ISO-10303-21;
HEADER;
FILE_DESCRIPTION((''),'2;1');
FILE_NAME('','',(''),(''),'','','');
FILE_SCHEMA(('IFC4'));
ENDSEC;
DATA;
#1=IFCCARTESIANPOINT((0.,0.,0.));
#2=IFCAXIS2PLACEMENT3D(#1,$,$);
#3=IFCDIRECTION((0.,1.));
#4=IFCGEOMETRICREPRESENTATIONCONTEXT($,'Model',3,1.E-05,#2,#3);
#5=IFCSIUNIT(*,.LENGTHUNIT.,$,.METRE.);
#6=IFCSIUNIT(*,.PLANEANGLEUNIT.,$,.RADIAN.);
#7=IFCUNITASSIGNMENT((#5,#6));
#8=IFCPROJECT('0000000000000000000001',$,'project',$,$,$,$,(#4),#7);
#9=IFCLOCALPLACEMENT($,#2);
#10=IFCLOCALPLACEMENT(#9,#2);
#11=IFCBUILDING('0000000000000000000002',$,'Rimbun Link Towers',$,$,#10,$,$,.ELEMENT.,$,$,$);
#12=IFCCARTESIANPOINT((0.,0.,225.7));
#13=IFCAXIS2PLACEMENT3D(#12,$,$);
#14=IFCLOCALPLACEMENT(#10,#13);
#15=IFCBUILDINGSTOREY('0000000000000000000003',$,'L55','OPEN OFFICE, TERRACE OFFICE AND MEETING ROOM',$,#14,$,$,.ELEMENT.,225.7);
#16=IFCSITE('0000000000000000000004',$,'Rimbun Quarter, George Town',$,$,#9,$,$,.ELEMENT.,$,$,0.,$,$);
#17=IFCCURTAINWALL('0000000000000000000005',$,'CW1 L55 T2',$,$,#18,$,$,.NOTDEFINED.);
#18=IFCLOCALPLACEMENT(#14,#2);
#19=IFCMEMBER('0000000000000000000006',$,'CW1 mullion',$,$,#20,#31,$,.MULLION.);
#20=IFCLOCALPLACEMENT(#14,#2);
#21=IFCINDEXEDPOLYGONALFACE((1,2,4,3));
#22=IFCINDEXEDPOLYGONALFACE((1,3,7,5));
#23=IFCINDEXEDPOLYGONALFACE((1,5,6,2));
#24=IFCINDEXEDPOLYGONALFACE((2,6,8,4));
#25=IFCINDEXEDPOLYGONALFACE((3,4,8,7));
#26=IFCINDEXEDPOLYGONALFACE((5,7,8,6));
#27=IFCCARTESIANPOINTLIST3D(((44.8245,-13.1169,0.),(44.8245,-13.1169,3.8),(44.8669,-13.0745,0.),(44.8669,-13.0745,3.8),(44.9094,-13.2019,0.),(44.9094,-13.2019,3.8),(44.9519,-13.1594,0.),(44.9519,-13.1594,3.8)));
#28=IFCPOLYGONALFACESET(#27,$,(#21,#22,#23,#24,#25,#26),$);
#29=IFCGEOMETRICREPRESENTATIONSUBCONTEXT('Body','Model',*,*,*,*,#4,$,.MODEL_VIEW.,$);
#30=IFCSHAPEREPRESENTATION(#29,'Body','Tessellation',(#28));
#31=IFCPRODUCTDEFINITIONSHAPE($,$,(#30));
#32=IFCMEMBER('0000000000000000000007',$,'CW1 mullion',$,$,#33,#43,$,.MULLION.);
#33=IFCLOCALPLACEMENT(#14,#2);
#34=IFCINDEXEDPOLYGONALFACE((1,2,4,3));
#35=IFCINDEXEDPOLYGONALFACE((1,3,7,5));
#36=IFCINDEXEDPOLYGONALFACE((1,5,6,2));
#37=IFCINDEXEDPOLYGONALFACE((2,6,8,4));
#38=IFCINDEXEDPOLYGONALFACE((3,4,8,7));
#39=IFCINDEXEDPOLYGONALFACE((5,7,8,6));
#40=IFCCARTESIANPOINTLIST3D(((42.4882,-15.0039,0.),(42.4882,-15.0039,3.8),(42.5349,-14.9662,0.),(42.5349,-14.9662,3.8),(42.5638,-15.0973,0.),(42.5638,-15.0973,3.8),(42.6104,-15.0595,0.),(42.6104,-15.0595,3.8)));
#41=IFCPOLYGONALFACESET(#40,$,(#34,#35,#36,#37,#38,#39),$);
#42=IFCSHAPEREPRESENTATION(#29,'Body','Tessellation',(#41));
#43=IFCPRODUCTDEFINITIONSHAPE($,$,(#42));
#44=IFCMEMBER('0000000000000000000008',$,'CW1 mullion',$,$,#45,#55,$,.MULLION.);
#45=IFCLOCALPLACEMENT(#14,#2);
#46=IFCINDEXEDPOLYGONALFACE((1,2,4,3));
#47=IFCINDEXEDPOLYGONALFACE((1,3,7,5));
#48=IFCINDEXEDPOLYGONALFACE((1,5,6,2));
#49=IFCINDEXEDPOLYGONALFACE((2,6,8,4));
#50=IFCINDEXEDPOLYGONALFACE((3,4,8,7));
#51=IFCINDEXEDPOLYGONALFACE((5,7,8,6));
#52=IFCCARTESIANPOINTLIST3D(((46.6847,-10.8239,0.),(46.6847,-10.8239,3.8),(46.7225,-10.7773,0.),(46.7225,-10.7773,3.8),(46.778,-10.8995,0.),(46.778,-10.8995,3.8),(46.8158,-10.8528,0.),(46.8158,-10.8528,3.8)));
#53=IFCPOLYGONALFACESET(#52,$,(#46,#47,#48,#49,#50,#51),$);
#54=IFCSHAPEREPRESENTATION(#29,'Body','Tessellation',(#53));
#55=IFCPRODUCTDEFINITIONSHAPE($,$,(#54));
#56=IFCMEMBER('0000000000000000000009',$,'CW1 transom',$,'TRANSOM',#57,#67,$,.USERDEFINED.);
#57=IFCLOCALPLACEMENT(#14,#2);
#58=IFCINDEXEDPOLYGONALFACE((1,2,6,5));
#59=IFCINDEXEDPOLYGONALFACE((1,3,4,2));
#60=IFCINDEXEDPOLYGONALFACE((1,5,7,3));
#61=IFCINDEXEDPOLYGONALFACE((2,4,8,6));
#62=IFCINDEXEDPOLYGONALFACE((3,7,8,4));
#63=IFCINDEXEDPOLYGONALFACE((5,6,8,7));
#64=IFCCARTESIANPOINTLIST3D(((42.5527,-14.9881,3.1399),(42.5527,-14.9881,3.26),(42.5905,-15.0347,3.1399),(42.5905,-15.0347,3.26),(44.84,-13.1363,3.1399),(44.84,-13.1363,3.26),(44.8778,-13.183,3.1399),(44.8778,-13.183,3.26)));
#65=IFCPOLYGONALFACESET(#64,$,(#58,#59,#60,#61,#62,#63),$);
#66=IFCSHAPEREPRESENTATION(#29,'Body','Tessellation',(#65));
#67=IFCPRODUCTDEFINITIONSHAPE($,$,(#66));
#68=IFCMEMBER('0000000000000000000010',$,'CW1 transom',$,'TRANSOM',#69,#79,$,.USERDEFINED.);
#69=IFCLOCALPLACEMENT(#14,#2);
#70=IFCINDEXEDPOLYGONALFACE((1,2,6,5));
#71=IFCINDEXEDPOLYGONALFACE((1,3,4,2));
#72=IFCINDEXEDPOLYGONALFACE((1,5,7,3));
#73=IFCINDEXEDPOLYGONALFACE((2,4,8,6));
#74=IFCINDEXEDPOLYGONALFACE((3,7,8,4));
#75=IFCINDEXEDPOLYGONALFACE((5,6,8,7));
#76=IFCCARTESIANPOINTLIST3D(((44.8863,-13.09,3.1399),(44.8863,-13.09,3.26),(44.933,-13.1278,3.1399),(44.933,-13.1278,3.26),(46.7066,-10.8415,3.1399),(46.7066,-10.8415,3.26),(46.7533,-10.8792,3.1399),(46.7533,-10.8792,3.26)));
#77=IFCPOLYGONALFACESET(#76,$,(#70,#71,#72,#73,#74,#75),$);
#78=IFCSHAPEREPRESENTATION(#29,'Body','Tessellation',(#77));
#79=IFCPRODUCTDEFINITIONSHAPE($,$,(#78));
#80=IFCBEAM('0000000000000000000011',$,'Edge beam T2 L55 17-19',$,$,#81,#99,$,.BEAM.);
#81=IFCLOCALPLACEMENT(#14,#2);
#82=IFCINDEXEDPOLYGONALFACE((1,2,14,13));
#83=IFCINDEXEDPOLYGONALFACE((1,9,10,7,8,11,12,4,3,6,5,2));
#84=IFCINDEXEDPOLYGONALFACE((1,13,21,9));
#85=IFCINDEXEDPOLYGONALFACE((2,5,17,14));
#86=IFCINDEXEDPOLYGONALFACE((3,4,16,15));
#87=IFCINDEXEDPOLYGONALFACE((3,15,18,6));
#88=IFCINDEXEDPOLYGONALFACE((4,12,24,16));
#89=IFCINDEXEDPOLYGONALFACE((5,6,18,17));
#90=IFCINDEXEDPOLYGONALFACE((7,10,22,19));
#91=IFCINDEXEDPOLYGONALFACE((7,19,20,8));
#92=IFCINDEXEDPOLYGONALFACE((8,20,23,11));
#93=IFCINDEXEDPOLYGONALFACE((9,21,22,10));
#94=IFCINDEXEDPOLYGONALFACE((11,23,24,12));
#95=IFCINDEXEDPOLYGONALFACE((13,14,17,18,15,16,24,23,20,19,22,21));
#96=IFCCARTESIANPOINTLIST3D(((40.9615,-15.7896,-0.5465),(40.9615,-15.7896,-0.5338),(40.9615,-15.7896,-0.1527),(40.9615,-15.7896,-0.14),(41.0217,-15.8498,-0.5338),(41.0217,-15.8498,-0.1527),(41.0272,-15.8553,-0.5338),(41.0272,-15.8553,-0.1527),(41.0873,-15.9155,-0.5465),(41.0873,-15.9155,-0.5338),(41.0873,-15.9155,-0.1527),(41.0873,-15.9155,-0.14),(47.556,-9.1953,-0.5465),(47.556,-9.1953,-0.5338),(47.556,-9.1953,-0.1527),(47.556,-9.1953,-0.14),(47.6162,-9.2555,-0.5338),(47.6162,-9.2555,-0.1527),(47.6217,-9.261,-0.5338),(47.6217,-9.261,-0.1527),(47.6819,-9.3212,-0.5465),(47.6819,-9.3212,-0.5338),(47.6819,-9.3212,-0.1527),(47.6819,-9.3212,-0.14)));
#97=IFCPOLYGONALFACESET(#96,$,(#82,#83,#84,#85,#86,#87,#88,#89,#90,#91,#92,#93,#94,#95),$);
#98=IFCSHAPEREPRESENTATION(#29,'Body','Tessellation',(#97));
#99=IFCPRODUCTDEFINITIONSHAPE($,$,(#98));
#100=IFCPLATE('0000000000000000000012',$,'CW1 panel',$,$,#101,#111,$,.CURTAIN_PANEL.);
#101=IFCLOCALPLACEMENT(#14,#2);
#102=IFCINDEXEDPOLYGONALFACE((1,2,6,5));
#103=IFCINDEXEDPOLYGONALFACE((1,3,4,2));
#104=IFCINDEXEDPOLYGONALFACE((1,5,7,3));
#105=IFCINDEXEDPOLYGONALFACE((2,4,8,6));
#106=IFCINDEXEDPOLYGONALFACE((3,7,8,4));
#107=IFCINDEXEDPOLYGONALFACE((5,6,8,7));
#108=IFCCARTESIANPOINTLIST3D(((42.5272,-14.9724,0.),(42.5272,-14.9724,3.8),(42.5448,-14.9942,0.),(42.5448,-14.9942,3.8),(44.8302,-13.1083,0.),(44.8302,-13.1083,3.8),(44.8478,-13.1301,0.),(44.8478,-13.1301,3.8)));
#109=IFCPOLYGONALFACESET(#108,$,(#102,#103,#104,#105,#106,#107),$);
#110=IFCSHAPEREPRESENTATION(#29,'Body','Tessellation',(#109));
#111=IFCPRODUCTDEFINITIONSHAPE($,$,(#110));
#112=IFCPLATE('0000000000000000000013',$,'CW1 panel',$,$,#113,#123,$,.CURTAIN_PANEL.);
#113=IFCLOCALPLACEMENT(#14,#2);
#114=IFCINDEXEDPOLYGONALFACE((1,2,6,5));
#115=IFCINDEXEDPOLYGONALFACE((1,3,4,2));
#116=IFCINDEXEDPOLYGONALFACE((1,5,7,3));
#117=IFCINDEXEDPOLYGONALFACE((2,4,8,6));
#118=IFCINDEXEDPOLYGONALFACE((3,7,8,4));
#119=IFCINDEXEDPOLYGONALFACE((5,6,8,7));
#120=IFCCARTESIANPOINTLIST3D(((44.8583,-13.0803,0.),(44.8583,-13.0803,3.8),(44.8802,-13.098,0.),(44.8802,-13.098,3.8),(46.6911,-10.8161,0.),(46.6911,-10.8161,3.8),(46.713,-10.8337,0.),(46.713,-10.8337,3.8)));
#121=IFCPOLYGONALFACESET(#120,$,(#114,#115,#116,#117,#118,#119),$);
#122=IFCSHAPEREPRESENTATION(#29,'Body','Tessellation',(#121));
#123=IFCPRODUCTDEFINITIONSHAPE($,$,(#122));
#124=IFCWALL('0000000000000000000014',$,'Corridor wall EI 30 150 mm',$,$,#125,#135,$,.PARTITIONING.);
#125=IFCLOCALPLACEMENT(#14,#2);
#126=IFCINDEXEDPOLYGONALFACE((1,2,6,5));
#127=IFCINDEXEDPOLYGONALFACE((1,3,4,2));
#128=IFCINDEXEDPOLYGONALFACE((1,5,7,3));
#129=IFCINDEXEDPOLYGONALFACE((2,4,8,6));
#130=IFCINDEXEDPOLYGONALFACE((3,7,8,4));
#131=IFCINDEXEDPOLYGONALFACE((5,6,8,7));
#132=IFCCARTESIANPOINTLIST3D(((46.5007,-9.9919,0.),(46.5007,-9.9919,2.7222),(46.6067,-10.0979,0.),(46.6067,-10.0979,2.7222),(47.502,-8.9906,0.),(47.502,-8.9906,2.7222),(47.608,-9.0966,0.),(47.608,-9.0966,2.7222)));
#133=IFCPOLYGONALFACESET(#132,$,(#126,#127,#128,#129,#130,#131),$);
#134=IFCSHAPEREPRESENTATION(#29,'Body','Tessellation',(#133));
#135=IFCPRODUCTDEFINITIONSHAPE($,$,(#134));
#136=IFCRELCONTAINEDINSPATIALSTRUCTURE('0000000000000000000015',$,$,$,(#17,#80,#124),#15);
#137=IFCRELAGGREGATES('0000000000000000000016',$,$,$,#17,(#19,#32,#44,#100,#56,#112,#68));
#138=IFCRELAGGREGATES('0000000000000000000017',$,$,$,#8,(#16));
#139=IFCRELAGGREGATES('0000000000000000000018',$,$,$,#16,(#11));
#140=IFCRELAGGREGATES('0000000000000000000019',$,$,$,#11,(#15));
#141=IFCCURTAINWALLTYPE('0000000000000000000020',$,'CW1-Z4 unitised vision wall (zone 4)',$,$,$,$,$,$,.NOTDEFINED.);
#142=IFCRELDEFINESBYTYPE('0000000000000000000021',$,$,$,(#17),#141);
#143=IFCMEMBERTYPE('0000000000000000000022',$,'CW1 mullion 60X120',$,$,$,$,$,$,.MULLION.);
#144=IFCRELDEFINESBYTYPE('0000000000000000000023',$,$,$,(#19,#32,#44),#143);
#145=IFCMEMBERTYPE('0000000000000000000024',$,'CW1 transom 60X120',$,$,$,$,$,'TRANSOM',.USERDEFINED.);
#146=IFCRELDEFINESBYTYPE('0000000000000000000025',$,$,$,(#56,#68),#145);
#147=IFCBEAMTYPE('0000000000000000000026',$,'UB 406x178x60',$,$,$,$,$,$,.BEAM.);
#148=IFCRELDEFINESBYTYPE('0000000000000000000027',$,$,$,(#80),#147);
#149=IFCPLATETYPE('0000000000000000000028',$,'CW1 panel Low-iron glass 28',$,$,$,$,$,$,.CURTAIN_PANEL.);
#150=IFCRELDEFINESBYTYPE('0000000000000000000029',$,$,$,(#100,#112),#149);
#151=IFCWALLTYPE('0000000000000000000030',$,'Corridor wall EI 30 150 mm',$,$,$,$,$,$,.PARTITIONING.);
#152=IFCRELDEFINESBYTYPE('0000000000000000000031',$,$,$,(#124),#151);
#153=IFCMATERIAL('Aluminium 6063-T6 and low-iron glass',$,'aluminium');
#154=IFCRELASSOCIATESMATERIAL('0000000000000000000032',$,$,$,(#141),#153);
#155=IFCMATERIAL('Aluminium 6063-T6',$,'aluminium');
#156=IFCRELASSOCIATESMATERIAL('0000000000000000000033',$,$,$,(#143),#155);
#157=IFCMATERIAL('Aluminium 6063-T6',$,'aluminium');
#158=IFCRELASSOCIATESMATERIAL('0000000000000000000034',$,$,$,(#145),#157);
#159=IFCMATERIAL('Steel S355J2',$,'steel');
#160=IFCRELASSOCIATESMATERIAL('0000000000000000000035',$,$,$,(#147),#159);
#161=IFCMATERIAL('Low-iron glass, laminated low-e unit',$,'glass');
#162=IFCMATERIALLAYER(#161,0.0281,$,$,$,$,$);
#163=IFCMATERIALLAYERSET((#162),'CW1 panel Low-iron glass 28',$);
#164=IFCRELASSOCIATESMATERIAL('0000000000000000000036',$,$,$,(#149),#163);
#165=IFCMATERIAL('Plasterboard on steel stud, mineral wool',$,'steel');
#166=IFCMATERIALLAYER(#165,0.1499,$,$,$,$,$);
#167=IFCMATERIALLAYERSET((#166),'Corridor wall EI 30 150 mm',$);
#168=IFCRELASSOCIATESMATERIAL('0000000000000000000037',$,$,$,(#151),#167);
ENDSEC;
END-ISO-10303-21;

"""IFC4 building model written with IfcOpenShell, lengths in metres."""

from ifc_helpers import new_model, si_unit, direction, frame, frame_2d, origin, origin_2d, place, context, subcontext, project, spatial, rectangle, i_section, extrude, material, layer, layer_set, material_profile, profile_set, type_object, element, aggregate, save


model = new_model("IFC4")

# Units and contexts
model_context = context("Model", 3, precision=1e-05, world=origin(), true_north=direction((0.0, 1.0)))
body_context = subcontext(model_context, "Body", "Model", "MODEL_VIEW")
ifc_project = project(units=[si_unit("LENGTHUNIT", "METRE"), si_unit("PLANEANGLEUNIT", "RADIAN")], contexts=[model_context])

# Site, building, storey
site_placement = place(None, origin())
site = spatial("IfcSite", under=ifc_project, at=site_placement, Name="Rimbun Quarter, George Town", CompositionType="ELEMENT", RefElevation=0.0)
building_placement = place(site_placement, origin())
building = spatial("IfcBuilding", under=site, at=building_placement, Name="Rimbun Link Towers", CompositionType="ELEMENT")
storey_placement = place(building_placement, frame((0.0, 0.0, 225.7)))
storey = spatial("IfcBuildingStorey", under=building, at=storey_placement, Name="L55", Description="OPEN OFFICE, TERRACE OFFICE AND MEETING ROOM", CompositionType="ELEMENT", Elevation=225.7)

# Curtain wall, members
ifc_material_1 = material(Name="Aluminium 6063-T6 and low-iron glass", Category="aluminium")
curtain_wall_type = type_object("IfcCurtainWallType", Name="CW1-Z4 unitised vision wall (zone 4)", PredefinedType="NOTDEFINED", material=ifc_material_1)
curtain_wall_placement = place(storey_placement, origin())
curtain_wall = element("IfcCurtainWall", 1, at=curtain_wall_placement, inside=storey, type_object=curtain_wall_type, Name="CW1 L55 T2", PredefinedType="NOTDEFINED")
ifc_material_2 = material(Name="Aluminium 6063-T6", Category="aluminium")
ifc_material_profile_1 = material_profile(ifc_material_2, rectangle(XDim=0.1201, YDim=0.0601, at=origin_2d()), Name="MULLION 60X120")
ifc_profile_set_1 = profile_set([ifc_material_profile_1], Name="Aluminium 6063-T6")
member_type_1 = type_object("IfcMemberType", Name="CW1 mullion 60X120", PredefinedType="MULLION", material=ifc_profile_set_1)
member_1_placement = place(storey_placement, frame((44.8882, -13.1382, 0.0), z_axis=(0.0, 0.0, 1.0), x_axis=(0.707107, -0.707107, 0.0)))
member_1 = element("IfcMember", 2, at=member_1_placement, type_object=member_type_1, Name="CW1 mullion", PredefinedType="MULLION", context=body_context, shape_type="SweptSolid", body=[
    extrude(rectangle(XDim=0.1201, YDim=0.0601, at=origin_2d()), origin(), (0.0, 0.0, 1.0), 3.8),
])
member_2_placement = place(storey_placement, frame((42.5493, -15.0317, 0.0), z_axis=(0.0, 0.0, 1.0), x_axis=(0.62916, -0.777276, 0.0)))
member_2 = element("IfcMember", 3, at=member_2_placement, type_object=member_type_1, Name="CW1 mullion", PredefinedType="MULLION", context=body_context, shape_type="SweptSolid", body=[
    extrude(rectangle(XDim=0.1201, YDim=0.0601, at=origin_2d()), origin(), (0.0, 0.0, 1.0), 3.8),
])
member_3_placement = place(storey_placement, frame((46.7502, -10.8384, 0.0), z_axis=(0.0, 0.0, 1.0), x_axis=(0.777276, -0.62916, 0.0)))
member_3 = element("IfcMember", 4, at=member_3_placement, type_object=member_type_1, Name="CW1 mullion", PredefinedType="MULLION", context=body_context, shape_type="SweptSolid", body=[
    extrude(rectangle(XDim=0.1201, YDim=0.0601, at=origin_2d()), origin(), (0.0, 0.0, 1.0), 3.8),
])
ifc_material_3 = material(Name="Aluminium 6063-T6", Category="aluminium")
ifc_material_profile_2 = material_profile(ifc_material_3, rectangle(XDim=0.0601, YDim=0.1201, at=origin_2d()), Name="TRANSOM 60X120")
ifc_profile_set_2 = profile_set([ifc_material_profile_2], Name="Aluminium 6063-T6")
member_type_2 = type_object("IfcMemberType", Name="CW1 transom 60X120", ElementType="TRANSOM", PredefinedType="USERDEFINED", material=ifc_profile_set_2)
member_4_placement = place(storey_placement, frame((44.8589, -13.1597, 3.2), z_axis=(-0.777222, -0.629227, 0.0), x_axis=(0.629227, -0.777222, 0.0)))
member_4 = element("IfcMember", 5, at=member_4_placement, type_object=member_type_2, Name="CW1 transom", ObjectType="TRANSOM", PredefinedType="USERDEFINED", context=body_context, shape_type="SweptSolid", body=[
    extrude(rectangle(XDim=0.0601, YDim=0.1201, at=origin_2d()), origin(), (0.0, 0.0, 1.0), 2.9429),
])
member_5_placement = place(storey_placement, frame((46.73, -10.8604, 3.2), z_axis=(-0.629213, -0.777233, 0.0), x_axis=(0.777233, -0.629213, 0.0)))
member_5 = element("IfcMember", 6, at=member_5_placement, type_object=member_type_2, Name="CW1 transom", ObjectType="TRANSOM", PredefinedType="USERDEFINED", context=body_context, shape_type="SweptSolid", body=[
    extrude(rectangle(XDim=0.0601, YDim=0.1201, at=origin_2d()), origin(), (0.0, 0.0, 1.0), 2.8931),
])

# Beam
ifc_material_4 = material(Name="Steel S355J2", Category="steel")
ifc_material_profile_3 = material_profile(ifc_material_4, i_section(OverallWidth=0.178, OverallDepth=0.4065, WebThickness=0.0078, FlangeThickness=0.0127, at=origin_2d()), Name="UB 406x178x60")
ifc_profile_set_3 = profile_set([ifc_material_profile_3], Name="Steel S355J2")
beam_type = type_object("IfcBeamType", Name="UB 406x178x60", PredefinedType="BEAM", material=ifc_profile_set_3)
beam_placement = place(storey_placement, frame((41.0244, -15.8525, -0.3433), z_axis=(0.70712, 0.707094, 0.0), x_axis=(-0.707094, 0.70712, 0.0)))
element("IfcBeam", 7, at=beam_placement, inside=storey, type_object=beam_type, Name="Edge beam T2 L55 17-19", PredefinedType="BEAM", context=body_context, shape_type="SweptSolid", body=[
    extrude(i_section(OverallWidth=0.178, OverallDepth=0.4065, WebThickness=0.0078, FlangeThickness=0.0127, at=origin_2d()), origin(), (0.0, 0.0, 1.0), 9.3259),
])

# Plates
ifc_material_5 = material(Name="Low-iron glass, laminated low-e unit", Category="glass")
ifc_layer_1 = layer(ifc_material_5, 0.0281)
ifc_layer_set_1 = layer_set([ifc_layer_1], Name="CW1 panel Low-iron glass 28")
plate_type = type_object("IfcPlateType", Name="CW1 panel Low-iron glass 28", PredefinedType="CURTAIN_PANEL", material=ifc_layer_set_1)
plate_1_placement = place(storey_placement, frame((43.6875, -14.0513, 0.0), z_axis=(0.0, 0.0, 1.0), x_axis=(-0.777276, -0.62916, 0.0)))
plate_1 = element("IfcPlate", 8, at=plate_1_placement, type_object=plate_type, Name="CW1 panel", PredefinedType="CURTAIN_PANEL", context=body_context, shape_type="SweptSolid", body=[
    extrude(rectangle(XDim=2.9629, YDim=0.0281, at=origin_2d()), origin(), (0.0, 0.0, 1.0), 3.8),
])
plate_2_placement = place(storey_placement, frame((45.7856, -11.957, 0.0), z_axis=(0.0, 0.0, 1.0), x_axis=(-0.62916, -0.777276, 0.0)))
plate_2 = element("IfcPlate", 9, at=plate_2_placement, type_object=plate_type, Name="CW1 panel", PredefinedType="CURTAIN_PANEL", context=body_context, shape_type="SweptSolid", body=[
    extrude(rectangle(XDim=2.9131, YDim=0.0281, at=origin_2d()), origin(), (0.0, 0.0, 1.0), 3.8),
])
aggregate(curtain_wall, [member_1, member_2, member_3, plate_1, member_4, plate_2, member_5])

# Wall
ifc_material_6 = material(Name="Plasterboard on steel stud, mineral wool", Category="steel")
ifc_layer_2 = layer(ifc_material_6, 0.1499)
ifc_layer_set_2 = layer_set([ifc_layer_2], Name="Corridor wall EI 30 150 mm")
wall_type_1 = type_object("IfcWallType", Name="Corridor wall EI 30 150 mm", PredefinedType="PARTITIONING", material=ifc_layer_set_2)
wall_1_placement = place(storey_placement, frame((46.5537, -10.0449, 0.0), z_axis=(0.0, 0.0, 1.0), x_axis=(0.707107, 0.707107, 0.0)))
element("IfcWall", 10, at=wall_1_placement, inside=storey, type_object=wall_type_1, Name="Corridor wall EI 30 150 mm", PredefinedType="PARTITIONING", context=body_context, shape_type="SweptSolid", body=[
    extrude(rectangle(XDim=1.416, YDim=0.1499, at=frame_2d((0.708, 0.0))), origin(), (0.0, 0.0, 1.0), 2.7222),
])

save(model, "model.ifc")
